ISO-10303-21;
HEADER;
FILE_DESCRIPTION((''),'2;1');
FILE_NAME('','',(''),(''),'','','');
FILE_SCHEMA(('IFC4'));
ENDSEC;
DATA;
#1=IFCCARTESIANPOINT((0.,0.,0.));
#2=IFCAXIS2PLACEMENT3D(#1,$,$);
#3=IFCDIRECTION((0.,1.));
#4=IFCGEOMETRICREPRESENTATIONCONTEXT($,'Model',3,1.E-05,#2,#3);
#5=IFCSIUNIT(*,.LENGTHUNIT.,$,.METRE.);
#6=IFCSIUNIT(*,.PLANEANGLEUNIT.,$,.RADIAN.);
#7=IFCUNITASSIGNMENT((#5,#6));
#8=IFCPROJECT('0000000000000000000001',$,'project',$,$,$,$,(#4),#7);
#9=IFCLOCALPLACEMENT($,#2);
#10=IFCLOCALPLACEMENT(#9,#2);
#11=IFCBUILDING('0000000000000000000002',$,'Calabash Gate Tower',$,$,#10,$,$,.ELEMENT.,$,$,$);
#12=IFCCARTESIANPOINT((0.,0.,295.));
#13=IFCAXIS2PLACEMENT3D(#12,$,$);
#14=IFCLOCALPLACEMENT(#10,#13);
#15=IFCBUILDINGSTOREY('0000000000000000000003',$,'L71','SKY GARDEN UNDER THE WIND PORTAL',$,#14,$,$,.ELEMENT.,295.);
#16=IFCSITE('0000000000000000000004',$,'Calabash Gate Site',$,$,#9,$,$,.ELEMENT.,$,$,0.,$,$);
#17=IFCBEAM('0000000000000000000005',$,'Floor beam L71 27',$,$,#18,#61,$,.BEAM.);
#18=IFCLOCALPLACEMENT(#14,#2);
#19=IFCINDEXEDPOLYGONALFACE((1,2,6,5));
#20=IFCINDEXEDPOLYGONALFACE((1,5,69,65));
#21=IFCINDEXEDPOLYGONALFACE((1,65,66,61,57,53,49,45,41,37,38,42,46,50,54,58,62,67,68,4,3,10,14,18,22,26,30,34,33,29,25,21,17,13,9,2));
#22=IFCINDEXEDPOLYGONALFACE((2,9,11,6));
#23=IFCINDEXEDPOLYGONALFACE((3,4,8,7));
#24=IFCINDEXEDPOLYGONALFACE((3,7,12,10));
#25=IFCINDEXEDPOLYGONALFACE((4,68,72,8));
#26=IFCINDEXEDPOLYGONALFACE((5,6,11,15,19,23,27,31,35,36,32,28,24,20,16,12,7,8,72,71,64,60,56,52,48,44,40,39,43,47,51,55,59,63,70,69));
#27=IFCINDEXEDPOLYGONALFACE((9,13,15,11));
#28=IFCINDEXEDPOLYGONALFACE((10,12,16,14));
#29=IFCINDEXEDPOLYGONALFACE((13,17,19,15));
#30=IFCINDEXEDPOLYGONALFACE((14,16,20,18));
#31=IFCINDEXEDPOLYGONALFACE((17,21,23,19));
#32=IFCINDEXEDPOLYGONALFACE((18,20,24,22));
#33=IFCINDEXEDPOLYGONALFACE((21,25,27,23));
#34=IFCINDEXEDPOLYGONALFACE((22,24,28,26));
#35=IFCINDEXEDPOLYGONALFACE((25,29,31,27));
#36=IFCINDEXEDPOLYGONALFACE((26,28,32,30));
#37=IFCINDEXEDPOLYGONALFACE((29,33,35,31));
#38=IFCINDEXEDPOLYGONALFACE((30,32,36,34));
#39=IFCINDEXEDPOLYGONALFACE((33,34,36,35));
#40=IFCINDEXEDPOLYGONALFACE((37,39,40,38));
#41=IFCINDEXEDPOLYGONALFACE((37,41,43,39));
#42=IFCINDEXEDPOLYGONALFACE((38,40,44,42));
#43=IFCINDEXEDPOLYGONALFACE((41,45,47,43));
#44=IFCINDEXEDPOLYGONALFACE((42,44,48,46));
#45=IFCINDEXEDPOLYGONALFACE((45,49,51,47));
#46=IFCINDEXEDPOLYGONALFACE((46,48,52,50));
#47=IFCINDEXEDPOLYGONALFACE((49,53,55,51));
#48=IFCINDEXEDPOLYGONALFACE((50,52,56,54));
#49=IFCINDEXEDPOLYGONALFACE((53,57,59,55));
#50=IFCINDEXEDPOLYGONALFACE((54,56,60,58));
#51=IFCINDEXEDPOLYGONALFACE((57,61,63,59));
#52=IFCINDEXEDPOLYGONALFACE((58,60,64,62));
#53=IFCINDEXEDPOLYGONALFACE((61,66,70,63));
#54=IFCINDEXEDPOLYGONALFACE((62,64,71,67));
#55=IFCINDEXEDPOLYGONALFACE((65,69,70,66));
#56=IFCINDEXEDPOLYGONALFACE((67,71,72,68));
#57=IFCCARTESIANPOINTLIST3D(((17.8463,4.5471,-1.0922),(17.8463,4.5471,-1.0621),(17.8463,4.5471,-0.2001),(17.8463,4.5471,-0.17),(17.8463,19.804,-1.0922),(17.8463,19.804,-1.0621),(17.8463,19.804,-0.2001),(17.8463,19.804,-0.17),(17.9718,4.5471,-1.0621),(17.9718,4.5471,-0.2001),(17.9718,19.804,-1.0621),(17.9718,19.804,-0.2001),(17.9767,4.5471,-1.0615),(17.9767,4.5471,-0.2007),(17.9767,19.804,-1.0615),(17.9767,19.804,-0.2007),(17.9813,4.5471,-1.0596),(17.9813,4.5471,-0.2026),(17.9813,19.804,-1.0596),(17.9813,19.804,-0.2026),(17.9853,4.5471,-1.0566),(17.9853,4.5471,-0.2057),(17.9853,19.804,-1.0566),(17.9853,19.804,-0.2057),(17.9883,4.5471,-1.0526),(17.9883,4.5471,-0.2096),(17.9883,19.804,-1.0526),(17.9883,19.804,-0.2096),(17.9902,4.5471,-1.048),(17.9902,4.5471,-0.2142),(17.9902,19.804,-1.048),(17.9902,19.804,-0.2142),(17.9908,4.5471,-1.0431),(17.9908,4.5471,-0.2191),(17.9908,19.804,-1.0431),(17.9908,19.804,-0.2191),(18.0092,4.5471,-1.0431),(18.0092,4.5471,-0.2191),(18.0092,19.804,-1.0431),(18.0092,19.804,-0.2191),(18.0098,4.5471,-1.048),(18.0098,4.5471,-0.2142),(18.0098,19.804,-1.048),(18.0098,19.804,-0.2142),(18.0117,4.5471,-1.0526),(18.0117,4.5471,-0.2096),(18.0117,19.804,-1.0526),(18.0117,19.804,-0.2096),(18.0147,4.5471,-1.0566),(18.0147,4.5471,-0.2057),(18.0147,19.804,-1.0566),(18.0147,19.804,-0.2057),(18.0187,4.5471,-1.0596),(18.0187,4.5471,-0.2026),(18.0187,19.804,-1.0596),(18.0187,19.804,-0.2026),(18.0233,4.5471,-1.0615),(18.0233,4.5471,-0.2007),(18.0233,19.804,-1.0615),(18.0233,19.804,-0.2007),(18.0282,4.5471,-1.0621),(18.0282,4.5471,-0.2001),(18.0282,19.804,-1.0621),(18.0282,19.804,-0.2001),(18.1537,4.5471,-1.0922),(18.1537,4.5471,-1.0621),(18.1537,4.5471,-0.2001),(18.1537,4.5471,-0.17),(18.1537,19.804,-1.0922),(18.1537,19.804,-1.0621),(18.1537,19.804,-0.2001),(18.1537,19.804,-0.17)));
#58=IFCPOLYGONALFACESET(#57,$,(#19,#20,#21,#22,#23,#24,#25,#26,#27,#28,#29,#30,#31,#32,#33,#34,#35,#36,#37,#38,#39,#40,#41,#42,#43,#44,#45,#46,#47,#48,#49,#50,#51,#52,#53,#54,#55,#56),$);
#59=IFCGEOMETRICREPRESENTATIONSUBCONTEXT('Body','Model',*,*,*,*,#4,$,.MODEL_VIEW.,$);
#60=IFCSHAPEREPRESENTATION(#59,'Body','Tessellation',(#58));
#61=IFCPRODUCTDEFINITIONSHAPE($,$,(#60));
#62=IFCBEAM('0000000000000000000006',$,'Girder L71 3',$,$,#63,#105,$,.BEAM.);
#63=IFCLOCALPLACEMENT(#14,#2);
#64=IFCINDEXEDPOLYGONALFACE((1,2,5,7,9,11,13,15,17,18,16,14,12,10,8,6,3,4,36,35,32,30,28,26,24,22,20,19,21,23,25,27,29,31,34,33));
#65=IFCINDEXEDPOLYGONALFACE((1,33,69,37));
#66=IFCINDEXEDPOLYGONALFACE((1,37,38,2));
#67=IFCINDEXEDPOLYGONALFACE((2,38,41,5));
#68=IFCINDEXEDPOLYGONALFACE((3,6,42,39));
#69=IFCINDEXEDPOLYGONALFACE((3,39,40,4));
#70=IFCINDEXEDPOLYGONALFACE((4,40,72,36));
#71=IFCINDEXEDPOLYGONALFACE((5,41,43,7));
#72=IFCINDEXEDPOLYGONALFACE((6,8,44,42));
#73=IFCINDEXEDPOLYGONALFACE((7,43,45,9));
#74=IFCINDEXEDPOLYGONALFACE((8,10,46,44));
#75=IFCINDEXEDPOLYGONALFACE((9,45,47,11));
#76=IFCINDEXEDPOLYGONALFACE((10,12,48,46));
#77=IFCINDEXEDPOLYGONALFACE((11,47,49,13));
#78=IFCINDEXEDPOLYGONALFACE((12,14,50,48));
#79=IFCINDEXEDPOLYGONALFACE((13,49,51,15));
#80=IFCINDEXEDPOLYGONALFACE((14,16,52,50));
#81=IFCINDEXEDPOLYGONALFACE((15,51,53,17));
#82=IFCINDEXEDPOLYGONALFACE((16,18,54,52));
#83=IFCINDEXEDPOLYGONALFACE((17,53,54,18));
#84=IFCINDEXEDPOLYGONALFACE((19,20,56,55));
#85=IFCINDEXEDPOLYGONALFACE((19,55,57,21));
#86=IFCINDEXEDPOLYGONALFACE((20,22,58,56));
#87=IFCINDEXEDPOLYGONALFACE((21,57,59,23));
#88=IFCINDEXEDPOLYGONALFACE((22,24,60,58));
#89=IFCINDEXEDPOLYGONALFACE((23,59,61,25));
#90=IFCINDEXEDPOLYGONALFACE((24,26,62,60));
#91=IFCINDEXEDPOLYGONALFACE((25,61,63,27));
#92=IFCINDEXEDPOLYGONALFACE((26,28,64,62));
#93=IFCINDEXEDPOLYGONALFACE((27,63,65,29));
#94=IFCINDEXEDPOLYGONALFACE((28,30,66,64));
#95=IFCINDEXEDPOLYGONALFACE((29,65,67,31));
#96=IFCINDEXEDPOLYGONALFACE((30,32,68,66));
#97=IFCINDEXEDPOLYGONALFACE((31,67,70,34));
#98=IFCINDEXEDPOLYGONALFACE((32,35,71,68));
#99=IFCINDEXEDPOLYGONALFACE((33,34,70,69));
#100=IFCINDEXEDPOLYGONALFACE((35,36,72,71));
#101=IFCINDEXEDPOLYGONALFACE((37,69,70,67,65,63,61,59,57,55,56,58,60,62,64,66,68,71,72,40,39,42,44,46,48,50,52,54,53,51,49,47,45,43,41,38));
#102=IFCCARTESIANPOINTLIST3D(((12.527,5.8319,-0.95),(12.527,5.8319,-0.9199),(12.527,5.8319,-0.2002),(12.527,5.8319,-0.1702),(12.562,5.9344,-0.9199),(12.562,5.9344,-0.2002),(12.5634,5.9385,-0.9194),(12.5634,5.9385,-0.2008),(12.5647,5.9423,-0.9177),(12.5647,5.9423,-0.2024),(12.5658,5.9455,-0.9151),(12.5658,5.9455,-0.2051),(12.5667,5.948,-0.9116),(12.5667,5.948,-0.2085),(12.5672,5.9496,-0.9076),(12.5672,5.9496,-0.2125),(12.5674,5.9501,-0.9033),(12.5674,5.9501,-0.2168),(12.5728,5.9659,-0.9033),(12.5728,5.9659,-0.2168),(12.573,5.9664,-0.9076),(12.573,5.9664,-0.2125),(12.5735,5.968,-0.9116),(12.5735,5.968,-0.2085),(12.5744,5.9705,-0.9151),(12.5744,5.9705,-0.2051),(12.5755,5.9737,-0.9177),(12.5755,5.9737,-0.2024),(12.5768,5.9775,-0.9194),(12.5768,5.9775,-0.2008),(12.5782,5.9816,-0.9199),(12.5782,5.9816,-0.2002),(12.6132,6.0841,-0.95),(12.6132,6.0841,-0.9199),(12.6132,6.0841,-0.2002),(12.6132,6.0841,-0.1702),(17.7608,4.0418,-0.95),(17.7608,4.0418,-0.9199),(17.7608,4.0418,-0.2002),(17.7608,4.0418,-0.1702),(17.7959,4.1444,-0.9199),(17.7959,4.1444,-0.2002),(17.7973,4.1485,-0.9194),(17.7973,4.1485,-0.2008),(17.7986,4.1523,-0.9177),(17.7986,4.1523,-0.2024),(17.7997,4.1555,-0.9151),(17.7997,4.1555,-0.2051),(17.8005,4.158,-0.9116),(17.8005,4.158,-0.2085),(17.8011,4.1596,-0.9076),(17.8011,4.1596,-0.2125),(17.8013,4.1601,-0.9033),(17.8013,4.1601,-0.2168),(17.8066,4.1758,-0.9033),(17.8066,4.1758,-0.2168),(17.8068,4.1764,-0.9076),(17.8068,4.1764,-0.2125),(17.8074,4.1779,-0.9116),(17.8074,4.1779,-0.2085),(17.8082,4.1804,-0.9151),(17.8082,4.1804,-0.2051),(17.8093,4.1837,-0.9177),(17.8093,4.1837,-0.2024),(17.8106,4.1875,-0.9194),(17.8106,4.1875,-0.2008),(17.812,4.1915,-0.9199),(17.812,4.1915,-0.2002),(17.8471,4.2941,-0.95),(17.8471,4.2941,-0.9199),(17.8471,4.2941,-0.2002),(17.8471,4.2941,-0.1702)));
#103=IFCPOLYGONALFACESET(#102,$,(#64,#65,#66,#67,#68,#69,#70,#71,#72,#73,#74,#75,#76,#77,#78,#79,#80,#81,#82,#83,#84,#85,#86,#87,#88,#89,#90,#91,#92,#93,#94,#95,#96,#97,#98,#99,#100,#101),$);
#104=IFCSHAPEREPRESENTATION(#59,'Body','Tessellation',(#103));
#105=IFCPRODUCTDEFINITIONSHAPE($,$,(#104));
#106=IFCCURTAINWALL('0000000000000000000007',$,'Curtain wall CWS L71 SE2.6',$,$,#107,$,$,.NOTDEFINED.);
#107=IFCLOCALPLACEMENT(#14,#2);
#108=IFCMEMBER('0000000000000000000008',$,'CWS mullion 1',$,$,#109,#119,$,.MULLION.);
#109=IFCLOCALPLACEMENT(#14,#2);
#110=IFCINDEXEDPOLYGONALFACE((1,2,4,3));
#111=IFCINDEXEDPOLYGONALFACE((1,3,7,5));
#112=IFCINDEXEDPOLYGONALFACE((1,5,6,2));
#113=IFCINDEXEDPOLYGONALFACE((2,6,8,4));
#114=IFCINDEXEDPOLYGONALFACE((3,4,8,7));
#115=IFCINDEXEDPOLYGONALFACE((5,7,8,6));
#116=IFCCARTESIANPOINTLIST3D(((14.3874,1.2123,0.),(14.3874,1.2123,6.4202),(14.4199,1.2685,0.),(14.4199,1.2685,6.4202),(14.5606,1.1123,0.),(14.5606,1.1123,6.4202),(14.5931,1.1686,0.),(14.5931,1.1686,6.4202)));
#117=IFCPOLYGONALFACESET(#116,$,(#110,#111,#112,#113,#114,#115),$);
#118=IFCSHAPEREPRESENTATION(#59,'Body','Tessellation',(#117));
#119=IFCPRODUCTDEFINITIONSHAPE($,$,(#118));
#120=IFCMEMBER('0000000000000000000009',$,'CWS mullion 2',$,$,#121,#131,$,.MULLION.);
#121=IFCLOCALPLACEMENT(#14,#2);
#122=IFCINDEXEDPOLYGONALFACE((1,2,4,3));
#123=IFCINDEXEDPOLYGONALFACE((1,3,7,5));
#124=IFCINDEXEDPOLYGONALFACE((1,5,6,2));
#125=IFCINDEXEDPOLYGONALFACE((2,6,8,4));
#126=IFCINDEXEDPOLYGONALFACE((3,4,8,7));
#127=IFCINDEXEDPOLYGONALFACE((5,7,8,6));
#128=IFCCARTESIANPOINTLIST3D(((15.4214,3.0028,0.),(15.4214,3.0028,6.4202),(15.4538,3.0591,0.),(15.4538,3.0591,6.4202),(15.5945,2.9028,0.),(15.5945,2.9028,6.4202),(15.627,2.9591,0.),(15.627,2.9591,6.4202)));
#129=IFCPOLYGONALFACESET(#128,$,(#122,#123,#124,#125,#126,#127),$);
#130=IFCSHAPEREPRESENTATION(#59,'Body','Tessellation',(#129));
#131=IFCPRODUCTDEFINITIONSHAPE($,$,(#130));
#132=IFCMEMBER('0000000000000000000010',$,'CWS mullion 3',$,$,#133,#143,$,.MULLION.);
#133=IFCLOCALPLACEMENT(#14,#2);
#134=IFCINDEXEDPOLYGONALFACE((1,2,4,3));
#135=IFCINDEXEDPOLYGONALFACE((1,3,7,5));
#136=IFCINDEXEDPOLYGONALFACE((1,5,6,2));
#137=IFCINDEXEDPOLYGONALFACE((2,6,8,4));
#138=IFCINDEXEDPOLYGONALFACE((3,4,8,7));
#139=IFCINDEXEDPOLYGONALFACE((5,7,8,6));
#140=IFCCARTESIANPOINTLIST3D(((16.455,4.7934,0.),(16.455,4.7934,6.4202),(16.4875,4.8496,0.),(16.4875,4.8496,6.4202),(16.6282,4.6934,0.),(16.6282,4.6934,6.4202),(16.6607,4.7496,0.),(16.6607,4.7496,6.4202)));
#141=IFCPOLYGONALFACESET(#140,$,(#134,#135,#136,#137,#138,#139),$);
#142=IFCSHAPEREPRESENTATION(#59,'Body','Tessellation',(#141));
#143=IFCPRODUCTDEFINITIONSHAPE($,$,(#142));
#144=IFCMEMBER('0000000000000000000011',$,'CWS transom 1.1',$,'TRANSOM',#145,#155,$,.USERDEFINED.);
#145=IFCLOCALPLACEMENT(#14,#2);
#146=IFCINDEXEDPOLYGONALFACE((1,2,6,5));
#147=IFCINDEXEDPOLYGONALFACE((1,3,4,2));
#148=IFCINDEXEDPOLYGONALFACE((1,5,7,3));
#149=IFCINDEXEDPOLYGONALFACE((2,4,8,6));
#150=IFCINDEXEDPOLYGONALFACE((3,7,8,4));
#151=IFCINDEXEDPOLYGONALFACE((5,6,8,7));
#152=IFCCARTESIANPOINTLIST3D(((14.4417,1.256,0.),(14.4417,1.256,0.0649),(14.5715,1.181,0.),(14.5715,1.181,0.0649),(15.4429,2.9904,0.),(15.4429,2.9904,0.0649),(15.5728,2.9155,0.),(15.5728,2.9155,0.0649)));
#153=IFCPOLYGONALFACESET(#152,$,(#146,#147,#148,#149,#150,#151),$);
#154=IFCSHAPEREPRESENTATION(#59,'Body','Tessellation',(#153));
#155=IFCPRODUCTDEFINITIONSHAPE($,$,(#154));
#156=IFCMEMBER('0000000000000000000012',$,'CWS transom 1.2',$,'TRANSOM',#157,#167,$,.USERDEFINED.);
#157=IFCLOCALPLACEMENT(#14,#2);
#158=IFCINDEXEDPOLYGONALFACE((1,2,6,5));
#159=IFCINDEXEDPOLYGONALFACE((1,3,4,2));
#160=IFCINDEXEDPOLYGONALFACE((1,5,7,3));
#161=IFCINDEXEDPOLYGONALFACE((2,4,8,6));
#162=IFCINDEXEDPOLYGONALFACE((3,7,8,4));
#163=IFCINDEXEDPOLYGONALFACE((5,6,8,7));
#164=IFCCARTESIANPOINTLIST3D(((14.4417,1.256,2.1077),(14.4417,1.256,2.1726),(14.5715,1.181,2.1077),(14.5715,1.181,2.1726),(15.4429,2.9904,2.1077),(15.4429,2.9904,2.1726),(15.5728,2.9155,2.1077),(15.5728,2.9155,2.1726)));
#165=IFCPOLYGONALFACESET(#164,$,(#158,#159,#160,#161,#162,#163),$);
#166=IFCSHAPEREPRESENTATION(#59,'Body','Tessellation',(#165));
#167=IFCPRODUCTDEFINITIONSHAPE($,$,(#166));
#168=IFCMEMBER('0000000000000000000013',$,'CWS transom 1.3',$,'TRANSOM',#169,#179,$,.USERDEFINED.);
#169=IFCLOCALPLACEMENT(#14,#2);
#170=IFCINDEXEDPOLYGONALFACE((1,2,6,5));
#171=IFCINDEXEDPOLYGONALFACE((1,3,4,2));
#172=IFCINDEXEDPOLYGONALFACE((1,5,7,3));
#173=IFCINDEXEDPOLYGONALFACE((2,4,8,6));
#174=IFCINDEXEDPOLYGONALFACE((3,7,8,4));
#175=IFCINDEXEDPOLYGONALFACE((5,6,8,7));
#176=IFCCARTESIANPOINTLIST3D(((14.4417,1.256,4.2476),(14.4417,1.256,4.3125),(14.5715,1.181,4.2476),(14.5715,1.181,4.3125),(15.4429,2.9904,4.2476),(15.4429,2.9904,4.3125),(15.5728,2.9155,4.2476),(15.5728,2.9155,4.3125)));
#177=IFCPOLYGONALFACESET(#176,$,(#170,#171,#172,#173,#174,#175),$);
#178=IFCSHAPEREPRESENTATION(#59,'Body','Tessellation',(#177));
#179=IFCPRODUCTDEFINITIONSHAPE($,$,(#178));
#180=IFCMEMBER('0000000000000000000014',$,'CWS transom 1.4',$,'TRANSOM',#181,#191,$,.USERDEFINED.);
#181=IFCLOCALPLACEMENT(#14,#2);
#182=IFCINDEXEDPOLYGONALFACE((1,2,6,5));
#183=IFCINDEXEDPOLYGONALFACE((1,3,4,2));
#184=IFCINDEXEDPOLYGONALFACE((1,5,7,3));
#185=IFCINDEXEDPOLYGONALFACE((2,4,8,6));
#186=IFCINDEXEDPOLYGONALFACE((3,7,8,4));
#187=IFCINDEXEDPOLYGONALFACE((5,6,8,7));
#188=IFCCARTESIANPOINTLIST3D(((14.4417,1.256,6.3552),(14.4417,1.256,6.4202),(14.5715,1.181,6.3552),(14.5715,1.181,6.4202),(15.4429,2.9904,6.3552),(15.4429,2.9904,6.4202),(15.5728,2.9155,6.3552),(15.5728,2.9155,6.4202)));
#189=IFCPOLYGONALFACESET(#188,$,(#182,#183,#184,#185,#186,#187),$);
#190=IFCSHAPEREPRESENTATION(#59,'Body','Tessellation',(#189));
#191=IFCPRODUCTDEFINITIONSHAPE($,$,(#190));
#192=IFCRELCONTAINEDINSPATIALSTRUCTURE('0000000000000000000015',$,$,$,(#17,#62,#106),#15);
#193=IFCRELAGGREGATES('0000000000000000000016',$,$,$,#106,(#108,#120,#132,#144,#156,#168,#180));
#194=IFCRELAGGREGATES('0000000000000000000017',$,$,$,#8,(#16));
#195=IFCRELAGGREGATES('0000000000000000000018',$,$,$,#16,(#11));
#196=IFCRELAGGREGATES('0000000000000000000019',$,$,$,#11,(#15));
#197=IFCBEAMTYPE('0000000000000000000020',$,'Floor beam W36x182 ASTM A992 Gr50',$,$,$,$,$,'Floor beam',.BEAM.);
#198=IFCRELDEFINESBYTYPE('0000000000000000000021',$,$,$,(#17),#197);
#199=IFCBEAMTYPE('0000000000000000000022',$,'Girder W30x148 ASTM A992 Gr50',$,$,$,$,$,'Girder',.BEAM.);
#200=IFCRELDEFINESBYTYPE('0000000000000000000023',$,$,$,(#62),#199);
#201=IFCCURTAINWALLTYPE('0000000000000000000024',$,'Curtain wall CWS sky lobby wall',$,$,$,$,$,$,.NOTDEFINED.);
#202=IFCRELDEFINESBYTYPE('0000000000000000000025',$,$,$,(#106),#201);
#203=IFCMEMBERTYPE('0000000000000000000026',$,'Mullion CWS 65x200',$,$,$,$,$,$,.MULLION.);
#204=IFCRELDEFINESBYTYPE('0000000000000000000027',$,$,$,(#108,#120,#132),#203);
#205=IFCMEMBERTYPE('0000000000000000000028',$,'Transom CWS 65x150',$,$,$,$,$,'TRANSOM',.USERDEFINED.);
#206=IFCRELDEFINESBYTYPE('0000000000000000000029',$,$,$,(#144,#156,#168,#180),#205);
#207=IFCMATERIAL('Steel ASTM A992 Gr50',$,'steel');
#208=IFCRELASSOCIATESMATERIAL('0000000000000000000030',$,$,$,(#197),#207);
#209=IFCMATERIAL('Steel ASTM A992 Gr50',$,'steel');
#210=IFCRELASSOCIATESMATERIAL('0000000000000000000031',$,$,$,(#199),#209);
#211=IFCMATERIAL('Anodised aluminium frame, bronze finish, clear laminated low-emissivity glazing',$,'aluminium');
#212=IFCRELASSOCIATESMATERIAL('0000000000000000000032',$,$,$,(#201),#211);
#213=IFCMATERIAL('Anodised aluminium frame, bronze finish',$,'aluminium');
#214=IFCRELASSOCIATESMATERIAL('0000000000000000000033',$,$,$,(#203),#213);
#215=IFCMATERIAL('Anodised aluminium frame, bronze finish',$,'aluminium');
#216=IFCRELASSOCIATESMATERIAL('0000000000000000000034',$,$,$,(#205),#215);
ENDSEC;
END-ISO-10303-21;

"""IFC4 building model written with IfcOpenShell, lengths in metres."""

from ifc_helpers import new_model, si_unit, direction, frame, origin, origin_2d, place, context, subcontext, project, spatial, rectangle, i_section, extrude, material, material_profile, profile_set, type_object, element, aggregate, save


model = new_model("IFC4")

# Units and contexts
model_context = context("Model", 3, precision=1e-05, world=origin(), true_north=direction((0.0, 1.0)))
body_context = subcontext(model_context, "Body", "Model", "MODEL_VIEW")
ifc_project = project(units=[si_unit("LENGTHUNIT", "METRE"), si_unit("PLANEANGLEUNIT", "RADIAN")], contexts=[model_context])

# Site, building, storey
site_placement = place(None, origin())
site = spatial("IfcSite", under=ifc_project, at=site_placement, Name="Calabash Gate Site", CompositionType="ELEMENT", RefElevation=0.0)
building_placement = place(site_placement, origin())
building = spatial("IfcBuilding", under=site, at=building_placement, Name="Calabash Gate Tower", CompositionType="ELEMENT")
storey_placement = place(building_placement, frame((0.0, 0.0, 295.0)))
storey = spatial("IfcBuildingStorey", under=building, at=storey_placement, Name="L71", Description="SKY GARDEN UNDER THE WIND PORTAL", CompositionType="ELEMENT", Elevation=295.0)

# Beams
ifc_material_1 = material(Name="Steel ASTM A992 Gr50", Category="steel")
ifc_material_profile_1 = material_profile(ifc_material_1, i_section(OverallWidth=0.3074, OverallDepth=0.9221, WebThickness=0.0183, FlangeThickness=0.03, FilletRadius=0.019, at=origin_2d()))
ifc_profile_set_1 = profile_set([ifc_material_profile_1], Name="Steel ASTM A992 Gr50")
beam_type_1 = type_object("IfcBeamType", Name="Floor beam W36x182 ASTM A992 Gr50", ElementType="Floor beam", PredefinedType="BEAM", material=ifc_profile_set_1)
beam_1_placement = place(storey_placement, frame((18.0, 4.5471, -0.6311), z_axis=(0.0, 1.0, 0.0), x_axis=(-1.0, 0.0, 0.0)))
element("IfcBeam", 1, at=beam_1_placement, inside=storey, type_object=beam_type_1, Name="Floor beam L71 27", PredefinedType="BEAM", context=body_context, shape_type="SweptSolid", body=[
    extrude(i_section(OverallWidth=0.3074, OverallDepth=0.9221, WebThickness=0.0183, FlangeThickness=0.03, FilletRadius=0.019, at=origin_2d()), origin(), (0.0, 0.0, 1.0), 15.2568),
])
ifc_material_2 = material(Name="Steel ASTM A992 Gr50", Category="steel")
ifc_material_profile_2 = material_profile(ifc_material_2, i_section(OverallWidth=0.2666, OverallDepth=0.7798, WebThickness=0.0166, FlangeThickness=0.03, FilletRadius=0.0166, at=origin_2d()))
ifc_profile_set_2 = profile_set([ifc_material_profile_2], Name="Steel ASTM A992 Gr50")
beam_type_2 = type_object("IfcBeamType", Name="Girder W30x148 ASTM A992 Gr50", ElementType="Girder", PredefinedType="BEAM", material=ifc_profile_set_2)
beam_2_placement = place(storey_placement, frame((17.804, 4.168, -0.5601), z_axis=(-0.946192, 0.323607, 0.0), x_axis=(-0.323607, -0.946192, 0.0)))
element("IfcBeam", 2, at=beam_2_placement, inside=storey, type_object=beam_type_2, Name="Girder L71 3", PredefinedType="BEAM", context=body_context, shape_type="SweptSolid", body=[
    extrude(i_section(OverallWidth=0.2666, OverallDepth=0.7798, WebThickness=0.0166, FlangeThickness=0.03, FilletRadius=0.0166, at=origin_2d()), origin(), (0.0, 0.0, 1.0), 5.5315),
])

# Curtain wall, members
ifc_material_3 = material(Name="Anodised aluminium frame, bronze finish, clear laminated low-emissivity glazing", Category="aluminium")
curtain_wall_type = type_object("IfcCurtainWallType", Name="Curtain wall CWS sky lobby wall", PredefinedType="NOTDEFINED", material=ifc_material_3)
curtain_wall_placement = place(storey_placement, origin())
curtain_wall = element("IfcCurtainWall", 3, at=curtain_wall_placement, inside=storey, type_object=curtain_wall_type, Name="Curtain wall CWS L71 SE2.6", PredefinedType="NOTDEFINED")
ifc_material_4 = material(Name="Anodised aluminium frame, bronze finish", Category="aluminium")
ifc_material_profile_3 = material_profile(ifc_material_4, rectangle(XDim=0.2, YDim=0.0649, at=origin_2d()))
ifc_profile_set_3 = profile_set([ifc_material_profile_3], Name="Anodised aluminium frame, bronze finish")
member_type_1 = type_object("IfcMemberType", Name="Mullion CWS 65x200", PredefinedType="MULLION", material=ifc_profile_set_3)
member_1_placement = place(storey_placement, frame((14.4902, 1.1904, 0.0), z_axis=(0.0, 0.0, 1.0), x_axis=(-0.866025, 0.5, 0.0)))
member_1 = element("IfcMember", 4, at=member_1_placement, type_object=member_type_1, Name="CWS mullion 1", PredefinedType="MULLION", context=body_context, shape_type="SweptSolid", body=[
    extrude(rectangle(XDim=0.2, YDim=0.0649, at=origin_2d()), origin(), (0.0, 0.0, 1.0), 6.4202),
])
member_2_placement = place(storey_placement, frame((15.5242, 2.981, 0.0), z_axis=(0.0, 0.0, 1.0), x_axis=(-0.866025, 0.5, 0.0)))
member_2 = element("IfcMember", 5, at=member_2_placement, type_object=member_type_1, Name="CWS mullion 2", PredefinedType="MULLION", context=body_context, shape_type="SweptSolid", body=[
    extrude(rectangle(XDim=0.2, YDim=0.0649, at=origin_2d()), origin(), (0.0, 0.0, 1.0), 6.4202),
])
member_3_placement = place(storey_placement, frame((16.5579, 4.7715, 0.0), z_axis=(0.0, 0.0, 1.0), x_axis=(-0.866025, 0.5, 0.0)))
member_3 = element("IfcMember", 6, at=member_3_placement, type_object=member_type_1, Name="CWS mullion 3", PredefinedType="MULLION", context=body_context, shape_type="SweptSolid", body=[
    extrude(rectangle(XDim=0.2, YDim=0.0649, at=origin_2d()), origin(), (0.0, 0.0, 1.0), 6.4202),
])
ifc_material_5 = material(Name="Anodised aluminium frame, bronze finish", Category="aluminium")
ifc_material_profile_4 = material_profile(ifc_material_5, rectangle(XDim=0.1499, YDim=0.0649, at=origin_2d()))
ifc_profile_set_4 = profile_set([ifc_material_profile_4], Name="Anodised aluminium frame, bronze finish")
member_type_2 = type_object("IfcMemberType", Name="Transom CWS 65x150", ElementType="TRANSOM", PredefinedType="USERDEFINED", material=ifc_profile_set_4)
member_4_placement = place(storey_placement, frame((14.5066, 1.2185, 0.0325), z_axis=(0.499955, 0.866052, 0.0), x_axis=(-0.866052, 0.499955, 0.0)))
member_4 = element("IfcMember", 7, at=member_4_placement, type_object=member_type_2, Name="CWS transom 1.1", ObjectType="TRANSOM", PredefinedType="USERDEFINED", context=body_context, shape_type="SweptSolid", body=[
    extrude(rectangle(XDim=0.1499, YDim=0.0649, at=origin_2d()), origin(), (0.0, 0.0, 1.0), 2.0027),
])
member_5_placement = place(storey_placement, frame((14.5066, 1.2185, 2.1401), z_axis=(0.499955, 0.866052, 0.0), x_axis=(-0.866052, 0.499955, 0.0)))
member_5 = element("IfcMember", 8, at=member_5_placement, type_object=member_type_2, Name="CWS transom 1.2", ObjectType="TRANSOM", PredefinedType="USERDEFINED", context=body_context, shape_type="SweptSolid", body=[
    extrude(rectangle(XDim=0.1499, YDim=0.0649, at=origin_2d()), origin(), (0.0, 0.0, 1.0), 2.0027),
])
member_6_placement = place(storey_placement, frame((14.5066, 1.2185, 4.28), z_axis=(0.499955, 0.866052, 0.0), x_axis=(-0.866052, 0.499955, 0.0)))
member_6 = element("IfcMember", 9, at=member_6_placement, type_object=member_type_2, Name="CWS transom 1.3", ObjectType="TRANSOM", PredefinedType="USERDEFINED", context=body_context, shape_type="SweptSolid", body=[
    extrude(rectangle(XDim=0.1499, YDim=0.0649, at=origin_2d()), origin(), (0.0, 0.0, 1.0), 2.0027),
])
member_7_placement = place(storey_placement, frame((14.5066, 1.2185, 6.3877), z_axis=(0.499955, 0.866052, 0.0), x_axis=(-0.866052, 0.499955, 0.0)))
member_7 = element("IfcMember", 10, at=member_7_placement, type_object=member_type_2, Name="CWS transom 1.4", ObjectType="TRANSOM", PredefinedType="USERDEFINED", context=body_context, shape_type="SweptSolid", body=[
    extrude(rectangle(XDim=0.1499, YDim=0.0649, at=origin_2d()), origin(), (0.0, 0.0, 1.0), 2.0027),
])
aggregate(curtain_wall, [member_1, member_2, member_3, member_4, member_5, member_6, member_7])

save(model, "model.ifc")
